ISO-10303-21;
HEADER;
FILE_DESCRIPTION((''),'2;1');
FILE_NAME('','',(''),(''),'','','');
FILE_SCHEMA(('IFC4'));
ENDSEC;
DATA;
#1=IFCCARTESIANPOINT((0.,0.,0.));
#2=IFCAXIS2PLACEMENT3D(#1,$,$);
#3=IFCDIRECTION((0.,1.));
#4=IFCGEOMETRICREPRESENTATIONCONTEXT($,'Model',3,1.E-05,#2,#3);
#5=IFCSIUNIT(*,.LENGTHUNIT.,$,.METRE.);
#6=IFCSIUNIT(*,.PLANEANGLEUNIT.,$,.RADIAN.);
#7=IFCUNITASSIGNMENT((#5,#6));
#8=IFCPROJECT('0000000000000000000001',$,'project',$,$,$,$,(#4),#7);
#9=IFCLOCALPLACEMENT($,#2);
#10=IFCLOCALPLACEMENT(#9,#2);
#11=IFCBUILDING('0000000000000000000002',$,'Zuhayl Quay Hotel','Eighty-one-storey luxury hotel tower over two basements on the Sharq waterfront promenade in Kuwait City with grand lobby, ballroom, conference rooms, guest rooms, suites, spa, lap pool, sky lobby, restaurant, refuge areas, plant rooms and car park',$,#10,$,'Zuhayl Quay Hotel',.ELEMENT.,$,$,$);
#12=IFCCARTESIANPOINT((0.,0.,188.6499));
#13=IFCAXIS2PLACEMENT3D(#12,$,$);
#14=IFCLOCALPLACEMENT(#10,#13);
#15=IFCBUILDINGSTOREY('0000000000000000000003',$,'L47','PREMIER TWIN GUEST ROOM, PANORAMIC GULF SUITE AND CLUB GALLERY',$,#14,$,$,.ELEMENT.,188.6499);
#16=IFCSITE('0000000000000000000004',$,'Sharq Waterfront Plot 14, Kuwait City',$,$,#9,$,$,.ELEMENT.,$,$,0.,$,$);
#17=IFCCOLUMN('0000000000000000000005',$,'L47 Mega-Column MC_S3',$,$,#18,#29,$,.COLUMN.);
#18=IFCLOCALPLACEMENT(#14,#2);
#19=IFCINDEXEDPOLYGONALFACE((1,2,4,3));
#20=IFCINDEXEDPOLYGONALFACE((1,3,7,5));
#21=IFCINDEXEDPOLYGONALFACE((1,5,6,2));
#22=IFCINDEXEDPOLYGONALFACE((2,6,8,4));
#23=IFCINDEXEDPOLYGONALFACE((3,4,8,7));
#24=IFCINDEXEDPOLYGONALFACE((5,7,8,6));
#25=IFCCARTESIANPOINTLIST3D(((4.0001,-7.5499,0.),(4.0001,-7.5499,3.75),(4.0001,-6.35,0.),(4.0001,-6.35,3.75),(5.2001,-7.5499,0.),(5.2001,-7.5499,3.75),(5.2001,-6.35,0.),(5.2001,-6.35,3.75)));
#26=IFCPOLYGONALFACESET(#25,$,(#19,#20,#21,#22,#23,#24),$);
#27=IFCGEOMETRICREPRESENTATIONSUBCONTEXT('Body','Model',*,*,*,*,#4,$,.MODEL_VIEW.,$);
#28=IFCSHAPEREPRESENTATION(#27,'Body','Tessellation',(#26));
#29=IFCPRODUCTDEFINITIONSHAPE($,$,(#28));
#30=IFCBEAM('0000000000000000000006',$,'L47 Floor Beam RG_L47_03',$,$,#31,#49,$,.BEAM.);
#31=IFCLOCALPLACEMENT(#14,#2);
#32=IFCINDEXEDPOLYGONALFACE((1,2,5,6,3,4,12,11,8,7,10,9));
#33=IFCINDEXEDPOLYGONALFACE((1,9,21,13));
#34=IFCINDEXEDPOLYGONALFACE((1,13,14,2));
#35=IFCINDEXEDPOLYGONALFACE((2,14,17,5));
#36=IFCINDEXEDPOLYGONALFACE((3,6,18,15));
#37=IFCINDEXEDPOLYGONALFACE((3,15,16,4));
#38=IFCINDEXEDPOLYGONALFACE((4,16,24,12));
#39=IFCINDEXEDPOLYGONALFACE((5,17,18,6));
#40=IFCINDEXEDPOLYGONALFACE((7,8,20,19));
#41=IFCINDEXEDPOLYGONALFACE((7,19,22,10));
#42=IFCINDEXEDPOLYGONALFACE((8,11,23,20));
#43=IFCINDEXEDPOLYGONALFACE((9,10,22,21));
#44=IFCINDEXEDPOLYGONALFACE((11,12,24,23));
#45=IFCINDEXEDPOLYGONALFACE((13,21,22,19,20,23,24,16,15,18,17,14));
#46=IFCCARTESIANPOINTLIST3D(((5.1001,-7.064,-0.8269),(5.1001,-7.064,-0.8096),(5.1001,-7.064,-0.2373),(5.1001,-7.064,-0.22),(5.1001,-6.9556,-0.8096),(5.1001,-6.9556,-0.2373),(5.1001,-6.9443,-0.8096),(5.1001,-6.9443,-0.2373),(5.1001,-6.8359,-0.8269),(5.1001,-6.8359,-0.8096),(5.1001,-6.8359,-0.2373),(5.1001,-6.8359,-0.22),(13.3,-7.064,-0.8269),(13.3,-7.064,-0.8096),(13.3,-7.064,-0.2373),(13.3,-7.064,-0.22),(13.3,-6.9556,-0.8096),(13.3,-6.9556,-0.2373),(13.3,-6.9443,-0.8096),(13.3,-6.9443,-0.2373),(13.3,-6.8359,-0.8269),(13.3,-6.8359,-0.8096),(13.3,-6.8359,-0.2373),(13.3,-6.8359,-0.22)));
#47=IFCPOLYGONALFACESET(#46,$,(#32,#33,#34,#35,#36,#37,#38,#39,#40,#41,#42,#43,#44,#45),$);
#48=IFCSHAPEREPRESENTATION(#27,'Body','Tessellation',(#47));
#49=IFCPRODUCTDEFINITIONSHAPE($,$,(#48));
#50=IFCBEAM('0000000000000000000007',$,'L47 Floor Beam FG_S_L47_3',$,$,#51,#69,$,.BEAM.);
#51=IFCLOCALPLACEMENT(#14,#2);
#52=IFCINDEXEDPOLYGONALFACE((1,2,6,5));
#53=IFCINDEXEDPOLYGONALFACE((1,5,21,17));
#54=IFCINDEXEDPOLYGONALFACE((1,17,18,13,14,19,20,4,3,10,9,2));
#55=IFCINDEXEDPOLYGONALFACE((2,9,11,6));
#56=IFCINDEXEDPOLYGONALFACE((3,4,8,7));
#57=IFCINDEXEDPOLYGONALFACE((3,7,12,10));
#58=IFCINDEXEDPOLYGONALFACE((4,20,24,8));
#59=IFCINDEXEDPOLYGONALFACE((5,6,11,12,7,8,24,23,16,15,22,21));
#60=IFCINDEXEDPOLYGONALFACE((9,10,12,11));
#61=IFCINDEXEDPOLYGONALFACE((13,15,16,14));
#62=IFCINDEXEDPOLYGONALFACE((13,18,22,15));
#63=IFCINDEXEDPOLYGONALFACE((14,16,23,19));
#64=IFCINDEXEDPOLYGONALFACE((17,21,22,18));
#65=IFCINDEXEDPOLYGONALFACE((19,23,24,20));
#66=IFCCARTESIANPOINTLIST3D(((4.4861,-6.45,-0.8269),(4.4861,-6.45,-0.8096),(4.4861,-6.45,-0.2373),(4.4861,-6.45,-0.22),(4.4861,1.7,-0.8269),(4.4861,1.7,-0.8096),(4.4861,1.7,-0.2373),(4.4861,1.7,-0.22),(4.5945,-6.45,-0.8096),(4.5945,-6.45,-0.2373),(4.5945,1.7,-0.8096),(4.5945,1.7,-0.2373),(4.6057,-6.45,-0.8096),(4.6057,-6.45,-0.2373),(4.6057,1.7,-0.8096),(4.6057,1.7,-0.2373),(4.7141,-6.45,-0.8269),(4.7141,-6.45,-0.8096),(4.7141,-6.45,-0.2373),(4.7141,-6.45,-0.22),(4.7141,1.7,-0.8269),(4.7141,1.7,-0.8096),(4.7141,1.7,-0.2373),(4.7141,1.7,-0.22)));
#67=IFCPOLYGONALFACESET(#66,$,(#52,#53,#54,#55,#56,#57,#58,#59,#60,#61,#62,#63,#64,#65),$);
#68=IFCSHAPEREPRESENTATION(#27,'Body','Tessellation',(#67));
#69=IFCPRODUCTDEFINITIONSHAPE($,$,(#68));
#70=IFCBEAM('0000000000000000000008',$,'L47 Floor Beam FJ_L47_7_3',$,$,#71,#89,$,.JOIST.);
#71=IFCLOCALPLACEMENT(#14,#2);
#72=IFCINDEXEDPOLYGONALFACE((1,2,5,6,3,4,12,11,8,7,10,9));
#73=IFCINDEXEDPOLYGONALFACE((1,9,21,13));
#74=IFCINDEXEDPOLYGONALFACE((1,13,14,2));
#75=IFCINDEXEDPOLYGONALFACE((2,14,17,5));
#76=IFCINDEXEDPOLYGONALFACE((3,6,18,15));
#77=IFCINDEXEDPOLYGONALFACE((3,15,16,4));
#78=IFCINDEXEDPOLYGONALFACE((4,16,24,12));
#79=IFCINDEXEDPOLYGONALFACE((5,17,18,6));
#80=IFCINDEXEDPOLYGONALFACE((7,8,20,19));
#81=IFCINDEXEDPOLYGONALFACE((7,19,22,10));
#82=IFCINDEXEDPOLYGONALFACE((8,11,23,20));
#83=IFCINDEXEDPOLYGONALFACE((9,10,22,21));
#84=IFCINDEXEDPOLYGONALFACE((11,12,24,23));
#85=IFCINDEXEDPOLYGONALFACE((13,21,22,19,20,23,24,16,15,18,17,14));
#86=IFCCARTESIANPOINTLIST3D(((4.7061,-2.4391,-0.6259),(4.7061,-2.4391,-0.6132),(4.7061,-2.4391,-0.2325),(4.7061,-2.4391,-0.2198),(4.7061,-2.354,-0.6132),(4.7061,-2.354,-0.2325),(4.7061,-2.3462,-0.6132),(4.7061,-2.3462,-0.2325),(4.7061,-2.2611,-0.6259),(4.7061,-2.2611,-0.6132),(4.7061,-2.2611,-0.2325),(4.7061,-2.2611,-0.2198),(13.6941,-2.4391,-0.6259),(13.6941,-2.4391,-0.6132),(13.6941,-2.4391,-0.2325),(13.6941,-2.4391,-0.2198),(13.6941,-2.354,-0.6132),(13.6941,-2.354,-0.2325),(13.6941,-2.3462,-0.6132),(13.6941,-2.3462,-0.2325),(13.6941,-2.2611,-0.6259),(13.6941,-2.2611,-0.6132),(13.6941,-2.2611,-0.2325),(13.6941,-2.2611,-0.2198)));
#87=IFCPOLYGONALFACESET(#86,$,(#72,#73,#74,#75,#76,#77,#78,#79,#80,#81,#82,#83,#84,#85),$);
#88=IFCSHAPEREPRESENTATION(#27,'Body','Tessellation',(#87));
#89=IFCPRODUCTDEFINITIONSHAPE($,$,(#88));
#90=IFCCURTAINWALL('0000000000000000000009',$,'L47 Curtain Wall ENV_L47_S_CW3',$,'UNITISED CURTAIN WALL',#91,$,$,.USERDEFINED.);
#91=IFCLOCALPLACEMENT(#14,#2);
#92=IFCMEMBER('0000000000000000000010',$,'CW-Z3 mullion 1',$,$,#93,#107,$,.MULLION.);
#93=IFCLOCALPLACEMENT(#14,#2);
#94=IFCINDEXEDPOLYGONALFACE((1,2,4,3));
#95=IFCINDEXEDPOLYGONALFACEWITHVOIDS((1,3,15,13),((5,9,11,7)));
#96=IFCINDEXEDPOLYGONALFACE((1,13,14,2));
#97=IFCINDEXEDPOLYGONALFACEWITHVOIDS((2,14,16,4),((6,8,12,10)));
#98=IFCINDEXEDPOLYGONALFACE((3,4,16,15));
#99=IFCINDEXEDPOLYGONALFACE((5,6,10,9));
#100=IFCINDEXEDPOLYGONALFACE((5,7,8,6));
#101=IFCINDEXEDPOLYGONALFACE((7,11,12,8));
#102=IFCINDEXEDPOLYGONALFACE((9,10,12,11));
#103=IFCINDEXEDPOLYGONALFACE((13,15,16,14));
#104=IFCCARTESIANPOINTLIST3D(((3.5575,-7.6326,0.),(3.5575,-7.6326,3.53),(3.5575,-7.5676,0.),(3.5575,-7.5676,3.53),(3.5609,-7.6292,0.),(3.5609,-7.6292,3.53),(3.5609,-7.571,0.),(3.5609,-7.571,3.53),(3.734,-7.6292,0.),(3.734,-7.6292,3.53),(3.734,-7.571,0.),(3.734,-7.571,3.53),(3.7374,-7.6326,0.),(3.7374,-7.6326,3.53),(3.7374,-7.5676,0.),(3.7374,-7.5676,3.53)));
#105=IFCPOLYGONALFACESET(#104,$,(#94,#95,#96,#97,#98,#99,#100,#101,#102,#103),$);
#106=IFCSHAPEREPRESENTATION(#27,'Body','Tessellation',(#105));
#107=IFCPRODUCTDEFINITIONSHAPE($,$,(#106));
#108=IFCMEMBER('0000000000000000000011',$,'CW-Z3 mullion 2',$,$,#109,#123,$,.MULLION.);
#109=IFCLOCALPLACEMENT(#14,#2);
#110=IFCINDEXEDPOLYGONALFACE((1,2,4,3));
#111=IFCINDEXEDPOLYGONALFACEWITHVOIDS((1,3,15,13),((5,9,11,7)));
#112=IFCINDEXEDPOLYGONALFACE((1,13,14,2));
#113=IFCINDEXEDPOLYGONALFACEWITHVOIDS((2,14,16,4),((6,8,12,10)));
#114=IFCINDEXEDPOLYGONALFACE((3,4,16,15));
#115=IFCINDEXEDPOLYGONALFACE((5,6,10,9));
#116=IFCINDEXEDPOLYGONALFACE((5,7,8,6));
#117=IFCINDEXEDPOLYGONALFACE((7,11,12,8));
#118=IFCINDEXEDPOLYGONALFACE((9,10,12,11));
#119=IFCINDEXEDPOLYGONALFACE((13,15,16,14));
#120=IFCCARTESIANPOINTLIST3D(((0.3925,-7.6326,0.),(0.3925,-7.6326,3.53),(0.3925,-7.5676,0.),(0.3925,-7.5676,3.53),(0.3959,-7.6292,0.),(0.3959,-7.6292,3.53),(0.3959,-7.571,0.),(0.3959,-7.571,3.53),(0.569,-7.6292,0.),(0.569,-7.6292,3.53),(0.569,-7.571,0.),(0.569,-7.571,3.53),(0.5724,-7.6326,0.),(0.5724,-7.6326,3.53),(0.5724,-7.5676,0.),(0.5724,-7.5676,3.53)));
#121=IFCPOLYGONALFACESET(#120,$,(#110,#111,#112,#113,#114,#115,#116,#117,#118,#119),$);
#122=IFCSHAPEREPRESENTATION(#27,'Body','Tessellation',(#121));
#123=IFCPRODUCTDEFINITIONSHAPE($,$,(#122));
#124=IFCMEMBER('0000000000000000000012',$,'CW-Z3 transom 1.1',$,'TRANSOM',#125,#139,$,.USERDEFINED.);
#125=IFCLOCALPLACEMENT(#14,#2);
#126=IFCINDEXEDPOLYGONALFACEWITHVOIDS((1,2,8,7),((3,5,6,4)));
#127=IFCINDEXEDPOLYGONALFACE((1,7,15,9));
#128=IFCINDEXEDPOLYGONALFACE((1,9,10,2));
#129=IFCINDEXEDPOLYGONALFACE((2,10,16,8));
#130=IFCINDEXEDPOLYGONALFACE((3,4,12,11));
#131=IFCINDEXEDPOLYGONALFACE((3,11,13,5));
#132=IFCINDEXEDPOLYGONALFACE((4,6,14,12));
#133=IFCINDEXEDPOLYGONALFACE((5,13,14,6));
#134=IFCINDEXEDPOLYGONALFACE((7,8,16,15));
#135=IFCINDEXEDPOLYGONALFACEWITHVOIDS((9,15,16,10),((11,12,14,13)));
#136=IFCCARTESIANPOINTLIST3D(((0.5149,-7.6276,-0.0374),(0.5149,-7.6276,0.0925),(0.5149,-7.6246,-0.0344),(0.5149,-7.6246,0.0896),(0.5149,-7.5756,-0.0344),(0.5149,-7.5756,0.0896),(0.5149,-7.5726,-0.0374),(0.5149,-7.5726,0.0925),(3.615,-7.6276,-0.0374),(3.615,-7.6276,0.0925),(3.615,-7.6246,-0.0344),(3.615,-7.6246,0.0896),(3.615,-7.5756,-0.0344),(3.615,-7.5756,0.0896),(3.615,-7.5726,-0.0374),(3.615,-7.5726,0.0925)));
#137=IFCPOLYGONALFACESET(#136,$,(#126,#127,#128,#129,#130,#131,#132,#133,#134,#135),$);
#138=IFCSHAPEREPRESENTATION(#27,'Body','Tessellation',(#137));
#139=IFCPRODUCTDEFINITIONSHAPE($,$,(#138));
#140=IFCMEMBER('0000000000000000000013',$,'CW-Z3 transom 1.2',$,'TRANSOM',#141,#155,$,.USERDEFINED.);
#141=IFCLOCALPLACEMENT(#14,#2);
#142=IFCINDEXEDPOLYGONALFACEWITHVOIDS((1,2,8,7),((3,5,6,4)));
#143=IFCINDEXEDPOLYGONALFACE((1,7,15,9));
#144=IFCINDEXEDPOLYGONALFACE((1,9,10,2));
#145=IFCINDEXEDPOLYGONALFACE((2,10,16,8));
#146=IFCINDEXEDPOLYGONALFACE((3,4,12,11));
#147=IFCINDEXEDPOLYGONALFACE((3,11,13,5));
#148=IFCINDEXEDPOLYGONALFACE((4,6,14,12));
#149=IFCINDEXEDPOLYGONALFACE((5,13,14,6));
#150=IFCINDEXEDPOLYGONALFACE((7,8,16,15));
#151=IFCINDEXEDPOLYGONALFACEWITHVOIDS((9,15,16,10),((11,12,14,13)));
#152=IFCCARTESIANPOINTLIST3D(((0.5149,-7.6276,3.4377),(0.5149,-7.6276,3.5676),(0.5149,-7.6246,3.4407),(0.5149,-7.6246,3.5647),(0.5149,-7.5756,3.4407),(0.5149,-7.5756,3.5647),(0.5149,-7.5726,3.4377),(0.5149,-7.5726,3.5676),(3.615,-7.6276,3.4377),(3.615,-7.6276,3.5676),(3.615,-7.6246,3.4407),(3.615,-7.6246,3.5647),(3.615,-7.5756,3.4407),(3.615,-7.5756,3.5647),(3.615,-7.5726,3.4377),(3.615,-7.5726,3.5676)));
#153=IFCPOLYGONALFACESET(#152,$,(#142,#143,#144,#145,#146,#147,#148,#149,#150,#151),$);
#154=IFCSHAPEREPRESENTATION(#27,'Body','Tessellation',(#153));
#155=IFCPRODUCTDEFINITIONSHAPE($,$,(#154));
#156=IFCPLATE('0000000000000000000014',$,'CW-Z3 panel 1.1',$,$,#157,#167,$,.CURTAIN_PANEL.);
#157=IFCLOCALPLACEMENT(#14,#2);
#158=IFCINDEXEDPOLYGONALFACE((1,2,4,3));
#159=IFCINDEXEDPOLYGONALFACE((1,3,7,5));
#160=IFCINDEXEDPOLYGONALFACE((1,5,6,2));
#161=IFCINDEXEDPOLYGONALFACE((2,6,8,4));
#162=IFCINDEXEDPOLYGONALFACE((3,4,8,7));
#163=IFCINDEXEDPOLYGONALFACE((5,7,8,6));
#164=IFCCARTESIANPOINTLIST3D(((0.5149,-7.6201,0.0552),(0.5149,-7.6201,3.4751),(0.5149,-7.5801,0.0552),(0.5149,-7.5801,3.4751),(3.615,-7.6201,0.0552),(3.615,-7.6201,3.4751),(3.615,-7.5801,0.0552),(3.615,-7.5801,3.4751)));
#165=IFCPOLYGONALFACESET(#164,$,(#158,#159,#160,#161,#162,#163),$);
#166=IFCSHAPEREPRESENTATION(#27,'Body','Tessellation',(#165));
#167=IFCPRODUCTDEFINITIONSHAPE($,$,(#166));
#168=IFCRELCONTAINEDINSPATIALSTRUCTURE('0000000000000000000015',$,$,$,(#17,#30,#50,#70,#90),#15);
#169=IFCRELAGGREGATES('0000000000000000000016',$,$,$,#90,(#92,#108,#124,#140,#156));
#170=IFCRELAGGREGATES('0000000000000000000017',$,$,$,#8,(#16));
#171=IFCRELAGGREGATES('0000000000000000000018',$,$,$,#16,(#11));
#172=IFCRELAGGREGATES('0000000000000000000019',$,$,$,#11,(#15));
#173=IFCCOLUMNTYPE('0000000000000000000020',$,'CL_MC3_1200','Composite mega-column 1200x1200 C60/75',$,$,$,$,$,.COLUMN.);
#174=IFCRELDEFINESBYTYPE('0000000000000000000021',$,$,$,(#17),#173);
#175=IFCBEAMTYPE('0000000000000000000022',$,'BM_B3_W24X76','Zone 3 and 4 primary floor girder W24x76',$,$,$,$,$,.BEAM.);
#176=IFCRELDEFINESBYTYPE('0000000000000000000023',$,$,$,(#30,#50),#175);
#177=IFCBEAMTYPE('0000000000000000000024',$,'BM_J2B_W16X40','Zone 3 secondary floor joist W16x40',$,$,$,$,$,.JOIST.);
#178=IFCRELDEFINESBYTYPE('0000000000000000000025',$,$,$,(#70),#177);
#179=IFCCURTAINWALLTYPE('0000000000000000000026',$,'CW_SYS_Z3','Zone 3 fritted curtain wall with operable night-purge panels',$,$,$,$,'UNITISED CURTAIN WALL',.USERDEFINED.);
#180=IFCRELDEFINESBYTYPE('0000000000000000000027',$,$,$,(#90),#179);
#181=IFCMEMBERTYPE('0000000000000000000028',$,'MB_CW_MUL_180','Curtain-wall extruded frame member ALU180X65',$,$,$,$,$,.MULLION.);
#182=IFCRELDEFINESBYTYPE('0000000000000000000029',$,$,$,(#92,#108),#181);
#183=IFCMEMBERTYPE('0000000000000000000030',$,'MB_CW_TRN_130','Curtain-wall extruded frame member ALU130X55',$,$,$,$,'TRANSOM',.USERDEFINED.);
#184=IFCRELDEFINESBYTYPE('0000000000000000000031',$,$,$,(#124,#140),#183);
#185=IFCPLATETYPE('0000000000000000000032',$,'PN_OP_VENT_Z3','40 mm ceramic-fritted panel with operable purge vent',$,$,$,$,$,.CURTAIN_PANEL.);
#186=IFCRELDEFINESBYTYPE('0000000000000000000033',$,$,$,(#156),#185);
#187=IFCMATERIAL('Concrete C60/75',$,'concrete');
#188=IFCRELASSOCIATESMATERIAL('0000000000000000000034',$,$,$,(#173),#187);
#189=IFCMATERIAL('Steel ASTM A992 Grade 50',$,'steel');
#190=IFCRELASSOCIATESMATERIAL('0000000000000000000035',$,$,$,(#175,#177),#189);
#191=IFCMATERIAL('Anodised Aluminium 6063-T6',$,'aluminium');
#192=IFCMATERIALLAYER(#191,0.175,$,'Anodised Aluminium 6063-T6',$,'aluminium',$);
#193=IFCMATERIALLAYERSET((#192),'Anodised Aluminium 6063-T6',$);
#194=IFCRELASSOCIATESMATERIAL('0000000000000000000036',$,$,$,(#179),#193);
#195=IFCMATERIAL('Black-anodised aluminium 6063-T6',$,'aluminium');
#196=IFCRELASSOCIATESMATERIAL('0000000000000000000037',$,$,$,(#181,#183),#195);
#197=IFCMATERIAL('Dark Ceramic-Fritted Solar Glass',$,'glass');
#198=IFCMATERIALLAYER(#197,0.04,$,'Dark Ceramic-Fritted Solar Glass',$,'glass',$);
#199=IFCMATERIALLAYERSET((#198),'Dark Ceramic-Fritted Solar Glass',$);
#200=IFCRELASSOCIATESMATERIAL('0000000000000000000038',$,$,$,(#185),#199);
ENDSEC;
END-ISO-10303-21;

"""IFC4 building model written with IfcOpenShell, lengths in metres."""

from ifc_helpers import new_model, si_unit, direction, frame, origin, origin_2d, place, context, subcontext, project, spatial, rectangle, hollow_rectangle, i_section, extrude, material, layer, layer_set, material_profile, profile_set, type_object, element, aggregate, save


model = new_model("IFC4")

# Units and contexts
model_context = context("Model", 3, precision=1e-05, world=origin(), true_north=direction((0.0, 1.0)))
body_context = subcontext(model_context, "Body", "Model", "MODEL_VIEW")
ifc_project = project(units=[si_unit("LENGTHUNIT", "METRE"), si_unit("PLANEANGLEUNIT", "RADIAN")], contexts=[model_context])

# Site, building, storey
site_placement = place(None, origin())
site = spatial("IfcSite", under=ifc_project, at=site_placement, Name="Sharq Waterfront Plot 14, Kuwait City", CompositionType="ELEMENT", RefElevation=0.0)
building_placement = place(site_placement, origin())
building = spatial("IfcBuilding", under=site, at=building_placement, Name="Zuhayl Quay Hotel", Description="Eighty-one-storey luxury hotel tower over two basements on the Sharq waterfront promenade in Kuwait City with grand lobby, ballroom, conference rooms, guest rooms, suites, spa, lap pool, sky lobby, restaurant, refuge areas, plant rooms and car park", LongName="Zuhayl Quay Hotel", CompositionType="ELEMENT")
storey_placement = place(building_placement, frame((0.0, 0.0, 188.6499)))
storey = spatial("IfcBuildingStorey", under=building, at=storey_placement, Name="L47", Description="PREMIER TWIN GUEST ROOM, PANORAMIC GULF SUITE AND CLUB GALLERY", CompositionType="ELEMENT", Elevation=188.6499)

# Column
ifc_material_1 = material(Name="Concrete C60/75", Category="concrete")
ifc_material_profile_1 = material_profile(ifc_material_1, rectangle(XDim=1.2, YDim=1.2, at=origin_2d()), Name="RC1200X1200")
ifc_profile_set_1 = profile_set([ifc_material_profile_1], Name="Concrete C60/75")
column_type = type_object("IfcColumnType", Name="CL_MC3_1200", Description="Composite mega-column 1200x1200 C60/75", PredefinedType="COLUMN", material=ifc_profile_set_1)
column_placement = place(storey_placement, frame((4.6001, -6.95, 0.0), z_axis=(0.0, 0.0, 1.0), x_axis=(1.0, 0.0, 0.0)))
element("IfcColumn", 1, at=column_placement, inside=storey, type_object=column_type, Name="L47 Mega-Column MC_S3", PredefinedType="COLUMN", context=body_context, shape_type="SweptSolid", body=[
    extrude(rectangle(XDim=1.2, YDim=1.2, at=origin_2d()), origin(), (0.0, 0.0, 1.0), 3.75),
])

# Beams
ifc_material_2 = material(Name="Steel ASTM A992 Grade 50", Category="steel")
ifc_material_profile_2 = material_profile(ifc_material_2, i_section(OverallWidth=0.228, OverallDepth=0.6069, WebThickness=0.0112, FlangeThickness=0.0173, at=origin_2d()), Name="W24X76")
ifc_profile_set_2 = profile_set([ifc_material_profile_2], Name="Steel ASTM A992 Grade 50")
beam_type_1 = type_object("IfcBeamType", Name="BM_B3_W24X76", Description="Zone 3 and 4 primary floor girder W24x76", PredefinedType="BEAM", material=ifc_profile_set_2)
beam_1_placement = place(storey_placement, frame((5.1001, -6.95, -0.5234), z_axis=(1.0, 0.0, 0.0), x_axis=(0.0, 1.0, 0.0)))
element("IfcBeam", 2, at=beam_1_placement, inside=storey, type_object=beam_type_1, Name="L47 Floor Beam RG_L47_03", PredefinedType="BEAM", context=body_context, shape_type="SweptSolid", body=[
    extrude(i_section(OverallWidth=0.228, OverallDepth=0.6069, WebThickness=0.0112, FlangeThickness=0.0173, at=origin_2d()), origin(), (0.0, 0.0, 1.0), 8.2),
])
beam_2_placement = place(storey_placement, frame((4.6001, -6.45, -0.5234), z_axis=(0.0, 1.0, 0.0), x_axis=(-1.0, 0.0, 0.0)))
element("IfcBeam", 3, at=beam_2_placement, inside=storey, type_object=beam_type_1, Name="L47 Floor Beam FG_S_L47_3", PredefinedType="BEAM", context=body_context, shape_type="SweptSolid", body=[
    extrude(i_section(OverallWidth=0.228, OverallDepth=0.6069, WebThickness=0.0112, FlangeThickness=0.0173, at=origin_2d()), origin(), (0.0, 0.0, 1.0), 8.1499),
])
ifc_material_profile_3 = material_profile(ifc_material_2, i_section(OverallWidth=0.178, OverallDepth=0.406, WebThickness=0.0078, FlangeThickness=0.0127, at=origin_2d()), Name="W16X40")
ifc_profile_set_3 = profile_set([ifc_material_profile_3], Name="Steel ASTM A992 Grade 50")
beam_type_2 = type_object("IfcBeamType", Name="BM_J2B_W16X40", Description="Zone 3 secondary floor joist W16x40", PredefinedType="JOIST", material=ifc_profile_set_3)
beam_3_placement = place(storey_placement, frame((4.7061, -2.3501, -0.4229), z_axis=(1.0, 0.0, 0.0), x_axis=(0.0, 1.0, 0.0)))
element("IfcBeam", 4, at=beam_3_placement, inside=storey, type_object=beam_type_2, Name="L47 Floor Beam FJ_L47_7_3", PredefinedType="JOIST", context=body_context, shape_type="SweptSolid", body=[
    extrude(i_section(OverallWidth=0.178, OverallDepth=0.406, WebThickness=0.0078, FlangeThickness=0.0127, at=origin_2d()), origin(), (0.0, 0.0, 1.0), 8.988),
])

# Curtain wall, members, plate
ifc_material_3 = material(Name="Anodised Aluminium 6063-T6", Category="aluminium")
ifc_layer_1 = layer(ifc_material_3, 0.175, Name="Anodised Aluminium 6063-T6", Category="aluminium")
ifc_layer_set_1 = layer_set([ifc_layer_1], Name="Anodised Aluminium 6063-T6")
curtain_wall_type = type_object("IfcCurtainWallType", Name="CW_SYS_Z3", Description="Zone 3 fritted curtain wall with operable night-purge panels", ElementType="UNITISED CURTAIN WALL", PredefinedType="USERDEFINED", material=ifc_layer_set_1)
curtain_wall_placement = place(storey_placement, origin())
curtain_wall = element("IfcCurtainWall", 5, at=curtain_wall_placement, inside=storey, type_object=curtain_wall_type, Name="L47 Curtain Wall ENV_L47_S_CW3", ObjectType="UNITISED CURTAIN WALL", PredefinedType="USERDEFINED")
ifc_material_4 = material(Name="Black-anodised aluminium 6063-T6", Category="aluminium")
ifc_material_profile_4 = material_profile(ifc_material_4, hollow_rectangle(XDim=0.0649, YDim=0.1799, WallThickness=0.0034, at=origin_2d()), Name="ALU180X65")
ifc_profile_set_4 = profile_set([ifc_material_profile_4], Name="Black-anodised aluminium 6063-T6")
member_type_1 = type_object("IfcMemberType", Name="MB_CW_MUL_180", Description="Curtain-wall extruded frame member ALU180X65", PredefinedType="MULLION", material=ifc_profile_set_4)
member_1_placement = place(storey_placement, frame((3.6475, -7.6001, 0.0), z_axis=(0.0, 0.0, 1.0), x_axis=(0.0, -1.0, 0.0)))
member_1 = element("IfcMember", 6, at=member_1_placement, type_object=member_type_1, Name="CW-Z3 mullion 1", PredefinedType="MULLION", context=body_context, shape_type="SweptSolid", body=[
    extrude(hollow_rectangle(XDim=0.0649, YDim=0.1799, WallThickness=0.0034, at=origin_2d()), origin(), (0.0, 0.0, 1.0), 3.53),
])
member_2_placement = place(storey_placement, frame((0.4824, -7.6001, 0.0), z_axis=(0.0, 0.0, 1.0), x_axis=(0.0, -1.0, 0.0)))
member_2 = element("IfcMember", 7, at=member_2_placement, type_object=member_type_1, Name="CW-Z3 mullion 2", PredefinedType="MULLION", context=body_context, shape_type="SweptSolid", body=[
    extrude(hollow_rectangle(XDim=0.0649, YDim=0.1799, WallThickness=0.0034, at=origin_2d()), origin(), (0.0, 0.0, 1.0), 3.53),
])
ifc_material_profile_5 = material_profile(ifc_material_4, hollow_rectangle(XDim=0.0549, YDim=0.1299, WallThickness=0.0029, at=origin_2d()), Name="ALU130X55")
ifc_profile_set_5 = profile_set([ifc_material_profile_5], Name="Black-anodised aluminium 6063-T6")
member_type_2 = type_object("IfcMemberType", Name="MB_CW_TRN_130", Description="Curtain-wall extruded frame member ALU130X55", ElementType="TRANSOM", PredefinedType="USERDEFINED", material=ifc_profile_set_5)
member_3_placement = place(storey_placement, frame((3.615, -7.6001, 0.0276), z_axis=(-1.0, 0.0, 0.0), x_axis=(0.0, -1.0, 0.0)))
member_3 = element("IfcMember", 8, at=member_3_placement, type_object=member_type_2, Name="CW-Z3 transom 1.1", ObjectType="TRANSOM", PredefinedType="USERDEFINED", context=body_context, shape_type="SweptSolid", body=[
    extrude(hollow_rectangle(XDim=0.0549, YDim=0.1299, WallThickness=0.0029, at=origin_2d()), origin(), (0.0, 0.0, 1.0), 3.1001),
])
member_4_placement = place(storey_placement, frame((3.615, -7.6001, 3.5027), z_axis=(-1.0, 0.0, 0.0), x_axis=(0.0, -1.0, 0.0)))
member_4 = element("IfcMember", 9, at=member_4_placement, type_object=member_type_2, Name="CW-Z3 transom 1.2", ObjectType="TRANSOM", PredefinedType="USERDEFINED", context=body_context, shape_type="SweptSolid", body=[
    extrude(hollow_rectangle(XDim=0.0549, YDim=0.1299, WallThickness=0.0029, at=origin_2d()), origin(), (0.0, 0.0, 1.0), 3.1001),
])
ifc_material_5 = material(Name="Dark Ceramic-Fritted Solar Glass", Category="glass")
ifc_layer_2 = layer(ifc_material_5, 0.04, Name="Dark Ceramic-Fritted Solar Glass", Category="glass")
ifc_layer_set_2 = layer_set([ifc_layer_2], Name="Dark Ceramic-Fritted Solar Glass")
plate_type = type_object("IfcPlateType", Name="PN_OP_VENT_Z3", Description="40 mm ceramic-fritted panel with operable purge vent", PredefinedType="CURTAIN_PANEL", material=ifc_layer_set_2)
plate_placement = place(storey_placement, frame((2.0649, -7.6001, 0.0552), z_axis=(0.0, 0.0, 1.0), x_axis=(-1.0, 0.0, 0.0)))
plate = element("IfcPlate", 10, at=plate_placement, type_object=plate_type, Name="CW-Z3 panel 1.1", PredefinedType="CURTAIN_PANEL", context=body_context, shape_type="SweptSolid", body=[
    extrude(rectangle(XDim=3.1001, YDim=0.04, at=origin_2d()), origin(), (0.0, 0.0, 1.0), 3.4199),
])
aggregate(curtain_wall, [member_1, member_2, member_3, member_4, plate])

save(model, "model.ifc")
